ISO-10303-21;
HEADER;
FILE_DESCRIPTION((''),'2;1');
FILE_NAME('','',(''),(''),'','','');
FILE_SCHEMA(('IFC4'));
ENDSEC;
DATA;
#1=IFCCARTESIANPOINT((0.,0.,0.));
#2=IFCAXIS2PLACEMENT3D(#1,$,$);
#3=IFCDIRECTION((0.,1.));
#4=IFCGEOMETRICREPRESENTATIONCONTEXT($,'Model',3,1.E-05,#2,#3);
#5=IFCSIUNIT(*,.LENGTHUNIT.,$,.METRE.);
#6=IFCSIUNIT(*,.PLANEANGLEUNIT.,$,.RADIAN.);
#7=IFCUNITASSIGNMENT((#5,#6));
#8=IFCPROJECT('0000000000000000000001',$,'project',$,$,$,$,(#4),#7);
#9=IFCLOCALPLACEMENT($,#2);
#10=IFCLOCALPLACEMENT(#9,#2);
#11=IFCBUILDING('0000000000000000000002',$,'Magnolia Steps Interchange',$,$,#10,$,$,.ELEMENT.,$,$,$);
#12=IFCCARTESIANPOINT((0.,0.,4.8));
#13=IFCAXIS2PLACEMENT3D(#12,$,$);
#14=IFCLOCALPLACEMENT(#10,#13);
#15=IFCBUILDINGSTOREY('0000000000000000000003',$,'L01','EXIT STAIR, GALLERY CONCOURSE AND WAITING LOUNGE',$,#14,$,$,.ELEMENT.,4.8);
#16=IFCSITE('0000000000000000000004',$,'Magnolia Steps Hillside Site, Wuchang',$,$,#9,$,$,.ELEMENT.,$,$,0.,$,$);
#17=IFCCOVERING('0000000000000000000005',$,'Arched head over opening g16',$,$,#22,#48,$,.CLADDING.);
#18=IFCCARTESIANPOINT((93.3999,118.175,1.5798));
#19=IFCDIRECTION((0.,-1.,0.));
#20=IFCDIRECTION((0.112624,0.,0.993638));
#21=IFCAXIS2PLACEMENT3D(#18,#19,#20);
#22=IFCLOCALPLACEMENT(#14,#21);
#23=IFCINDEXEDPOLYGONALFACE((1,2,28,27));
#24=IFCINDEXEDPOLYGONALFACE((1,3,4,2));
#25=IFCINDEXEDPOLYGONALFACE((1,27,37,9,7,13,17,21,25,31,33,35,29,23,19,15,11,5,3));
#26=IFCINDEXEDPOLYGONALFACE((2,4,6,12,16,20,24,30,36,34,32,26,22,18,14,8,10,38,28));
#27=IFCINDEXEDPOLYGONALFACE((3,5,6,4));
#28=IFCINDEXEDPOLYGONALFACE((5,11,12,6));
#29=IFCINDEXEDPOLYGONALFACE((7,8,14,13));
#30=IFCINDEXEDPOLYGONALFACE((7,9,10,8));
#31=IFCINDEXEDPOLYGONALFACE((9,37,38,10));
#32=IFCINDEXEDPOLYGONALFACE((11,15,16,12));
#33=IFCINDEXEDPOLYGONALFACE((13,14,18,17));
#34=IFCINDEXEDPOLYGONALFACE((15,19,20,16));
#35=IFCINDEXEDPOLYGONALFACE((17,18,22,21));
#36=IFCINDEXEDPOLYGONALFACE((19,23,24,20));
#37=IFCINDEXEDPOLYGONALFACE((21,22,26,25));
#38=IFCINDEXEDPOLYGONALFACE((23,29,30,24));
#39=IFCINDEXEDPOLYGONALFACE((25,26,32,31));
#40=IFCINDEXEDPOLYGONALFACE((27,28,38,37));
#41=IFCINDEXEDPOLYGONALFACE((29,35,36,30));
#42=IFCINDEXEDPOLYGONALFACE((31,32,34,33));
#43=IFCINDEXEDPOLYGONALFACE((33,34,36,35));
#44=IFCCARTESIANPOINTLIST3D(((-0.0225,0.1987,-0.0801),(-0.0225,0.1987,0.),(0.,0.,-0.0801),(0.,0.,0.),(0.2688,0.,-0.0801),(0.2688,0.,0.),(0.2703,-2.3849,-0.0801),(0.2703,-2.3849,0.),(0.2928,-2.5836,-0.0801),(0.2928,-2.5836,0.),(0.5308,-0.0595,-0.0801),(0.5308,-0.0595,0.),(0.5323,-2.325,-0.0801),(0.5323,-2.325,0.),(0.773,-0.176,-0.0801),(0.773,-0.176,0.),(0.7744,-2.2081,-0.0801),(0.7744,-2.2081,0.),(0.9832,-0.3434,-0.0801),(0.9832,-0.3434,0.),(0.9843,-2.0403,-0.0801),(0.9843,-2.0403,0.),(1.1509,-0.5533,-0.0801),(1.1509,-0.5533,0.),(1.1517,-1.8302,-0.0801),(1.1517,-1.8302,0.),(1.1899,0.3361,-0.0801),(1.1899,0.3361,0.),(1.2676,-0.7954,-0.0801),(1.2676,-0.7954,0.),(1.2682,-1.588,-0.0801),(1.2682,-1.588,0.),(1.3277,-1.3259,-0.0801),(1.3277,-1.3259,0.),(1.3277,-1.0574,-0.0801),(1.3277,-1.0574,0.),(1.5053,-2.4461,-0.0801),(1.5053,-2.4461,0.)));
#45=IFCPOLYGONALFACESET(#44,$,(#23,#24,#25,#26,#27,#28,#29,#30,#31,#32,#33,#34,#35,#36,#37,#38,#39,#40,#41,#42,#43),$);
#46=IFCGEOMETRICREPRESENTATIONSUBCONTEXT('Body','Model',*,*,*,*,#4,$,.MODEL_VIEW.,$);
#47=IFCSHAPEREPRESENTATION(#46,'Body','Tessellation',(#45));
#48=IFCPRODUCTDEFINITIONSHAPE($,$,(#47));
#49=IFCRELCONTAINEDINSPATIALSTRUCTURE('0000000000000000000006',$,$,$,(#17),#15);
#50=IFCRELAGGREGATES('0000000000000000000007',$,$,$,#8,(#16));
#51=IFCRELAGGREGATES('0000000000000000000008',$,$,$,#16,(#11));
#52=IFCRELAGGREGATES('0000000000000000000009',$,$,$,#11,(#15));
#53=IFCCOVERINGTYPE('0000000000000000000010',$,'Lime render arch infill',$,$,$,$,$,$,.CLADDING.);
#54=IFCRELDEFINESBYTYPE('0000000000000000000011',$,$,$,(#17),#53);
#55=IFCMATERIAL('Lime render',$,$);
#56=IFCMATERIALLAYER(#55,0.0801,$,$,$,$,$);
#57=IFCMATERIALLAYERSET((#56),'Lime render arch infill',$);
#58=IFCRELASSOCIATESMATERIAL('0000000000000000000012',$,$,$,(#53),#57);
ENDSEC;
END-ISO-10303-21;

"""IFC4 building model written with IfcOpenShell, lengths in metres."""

from ifc_helpers import new_model, si_unit, direction, frame, origin, place, context, subcontext, project, spatial, polyline, outline, extrude, material, layer, layer_set, type_object, element, save


model = new_model("IFC4")

# Units and contexts
model_context = context("Model", 3, precision=1e-05, world=origin(), true_north=direction((0.0, 1.0)))
body_context = subcontext(model_context, "Body", "Model", "MODEL_VIEW")
ifc_project = project(units=[si_unit("LENGTHUNIT", "METRE"), si_unit("PLANEANGLEUNIT", "RADIAN")], contexts=[model_context])

# Site, building, storey
site_placement = place(None, origin())
site = spatial("IfcSite", under=ifc_project, at=site_placement, Name="Magnolia Steps Hillside Site, Wuchang", CompositionType="ELEMENT", RefElevation=0.0)
building_placement = place(site_placement, origin())
building = spatial("IfcBuilding", under=site, at=building_placement, Name="Magnolia Steps Interchange", CompositionType="ELEMENT")
storey_placement = place(building_placement, frame((0.0, 0.0, 4.8)))
storey = spatial("IfcBuildingStorey", under=building, at=storey_placement, Name="L01", Description="EXIT STAIR, GALLERY CONCOURSE AND WAITING LOUNGE", CompositionType="ELEMENT", Elevation=4.8)

# Covering
ifc_material_1 = material(Name="Lime render")
ifc_layer_1 = layer(ifc_material_1, 0.0801)
ifc_layer_set_1 = layer_set([ifc_layer_1], Name="Lime render arch infill")
covering_type_1 = type_object("IfcCoveringType", Name="Lime render arch infill", PredefinedType="CLADDING", material=ifc_layer_set_1)
covering_1_placement = place(storey_placement, frame((93.3999, 118.175, 1.5798), z_axis=(0.0, -1.0, 0.0), x_axis=(0.112624, 0.0, 0.993638)))
element("IfcCovering", 1, at=covering_1_placement, inside=storey, type_object=covering_type_1, Name="Arched head over opening g16", PredefinedType="CLADDING", context=body_context, shape_type="SweptSolid", body=[
    extrude(outline(polyline([(0.0, 0.0), (0.2688, 0.0), (0.5308, -0.0595), (0.773, -0.176), (0.9832, -0.3434), (1.1509, -0.5533), (1.2676, -0.7954), (1.3277, -1.0574), (1.3277, -1.3259), (1.2682, -1.588), (1.1517, -1.8302), (0.9843, -2.0403), (0.7744, -2.2081), (0.5323, -2.325), (0.2703, -2.3849), (0.2928, -2.5836), (1.5053, -2.4461), (1.1899, 0.3361), (-0.0225, 0.1987), (0.0, 0.0)])), origin(), (0.0, 0.0, -1.0), 0.0801),
])

save(model, "model.ifc")
